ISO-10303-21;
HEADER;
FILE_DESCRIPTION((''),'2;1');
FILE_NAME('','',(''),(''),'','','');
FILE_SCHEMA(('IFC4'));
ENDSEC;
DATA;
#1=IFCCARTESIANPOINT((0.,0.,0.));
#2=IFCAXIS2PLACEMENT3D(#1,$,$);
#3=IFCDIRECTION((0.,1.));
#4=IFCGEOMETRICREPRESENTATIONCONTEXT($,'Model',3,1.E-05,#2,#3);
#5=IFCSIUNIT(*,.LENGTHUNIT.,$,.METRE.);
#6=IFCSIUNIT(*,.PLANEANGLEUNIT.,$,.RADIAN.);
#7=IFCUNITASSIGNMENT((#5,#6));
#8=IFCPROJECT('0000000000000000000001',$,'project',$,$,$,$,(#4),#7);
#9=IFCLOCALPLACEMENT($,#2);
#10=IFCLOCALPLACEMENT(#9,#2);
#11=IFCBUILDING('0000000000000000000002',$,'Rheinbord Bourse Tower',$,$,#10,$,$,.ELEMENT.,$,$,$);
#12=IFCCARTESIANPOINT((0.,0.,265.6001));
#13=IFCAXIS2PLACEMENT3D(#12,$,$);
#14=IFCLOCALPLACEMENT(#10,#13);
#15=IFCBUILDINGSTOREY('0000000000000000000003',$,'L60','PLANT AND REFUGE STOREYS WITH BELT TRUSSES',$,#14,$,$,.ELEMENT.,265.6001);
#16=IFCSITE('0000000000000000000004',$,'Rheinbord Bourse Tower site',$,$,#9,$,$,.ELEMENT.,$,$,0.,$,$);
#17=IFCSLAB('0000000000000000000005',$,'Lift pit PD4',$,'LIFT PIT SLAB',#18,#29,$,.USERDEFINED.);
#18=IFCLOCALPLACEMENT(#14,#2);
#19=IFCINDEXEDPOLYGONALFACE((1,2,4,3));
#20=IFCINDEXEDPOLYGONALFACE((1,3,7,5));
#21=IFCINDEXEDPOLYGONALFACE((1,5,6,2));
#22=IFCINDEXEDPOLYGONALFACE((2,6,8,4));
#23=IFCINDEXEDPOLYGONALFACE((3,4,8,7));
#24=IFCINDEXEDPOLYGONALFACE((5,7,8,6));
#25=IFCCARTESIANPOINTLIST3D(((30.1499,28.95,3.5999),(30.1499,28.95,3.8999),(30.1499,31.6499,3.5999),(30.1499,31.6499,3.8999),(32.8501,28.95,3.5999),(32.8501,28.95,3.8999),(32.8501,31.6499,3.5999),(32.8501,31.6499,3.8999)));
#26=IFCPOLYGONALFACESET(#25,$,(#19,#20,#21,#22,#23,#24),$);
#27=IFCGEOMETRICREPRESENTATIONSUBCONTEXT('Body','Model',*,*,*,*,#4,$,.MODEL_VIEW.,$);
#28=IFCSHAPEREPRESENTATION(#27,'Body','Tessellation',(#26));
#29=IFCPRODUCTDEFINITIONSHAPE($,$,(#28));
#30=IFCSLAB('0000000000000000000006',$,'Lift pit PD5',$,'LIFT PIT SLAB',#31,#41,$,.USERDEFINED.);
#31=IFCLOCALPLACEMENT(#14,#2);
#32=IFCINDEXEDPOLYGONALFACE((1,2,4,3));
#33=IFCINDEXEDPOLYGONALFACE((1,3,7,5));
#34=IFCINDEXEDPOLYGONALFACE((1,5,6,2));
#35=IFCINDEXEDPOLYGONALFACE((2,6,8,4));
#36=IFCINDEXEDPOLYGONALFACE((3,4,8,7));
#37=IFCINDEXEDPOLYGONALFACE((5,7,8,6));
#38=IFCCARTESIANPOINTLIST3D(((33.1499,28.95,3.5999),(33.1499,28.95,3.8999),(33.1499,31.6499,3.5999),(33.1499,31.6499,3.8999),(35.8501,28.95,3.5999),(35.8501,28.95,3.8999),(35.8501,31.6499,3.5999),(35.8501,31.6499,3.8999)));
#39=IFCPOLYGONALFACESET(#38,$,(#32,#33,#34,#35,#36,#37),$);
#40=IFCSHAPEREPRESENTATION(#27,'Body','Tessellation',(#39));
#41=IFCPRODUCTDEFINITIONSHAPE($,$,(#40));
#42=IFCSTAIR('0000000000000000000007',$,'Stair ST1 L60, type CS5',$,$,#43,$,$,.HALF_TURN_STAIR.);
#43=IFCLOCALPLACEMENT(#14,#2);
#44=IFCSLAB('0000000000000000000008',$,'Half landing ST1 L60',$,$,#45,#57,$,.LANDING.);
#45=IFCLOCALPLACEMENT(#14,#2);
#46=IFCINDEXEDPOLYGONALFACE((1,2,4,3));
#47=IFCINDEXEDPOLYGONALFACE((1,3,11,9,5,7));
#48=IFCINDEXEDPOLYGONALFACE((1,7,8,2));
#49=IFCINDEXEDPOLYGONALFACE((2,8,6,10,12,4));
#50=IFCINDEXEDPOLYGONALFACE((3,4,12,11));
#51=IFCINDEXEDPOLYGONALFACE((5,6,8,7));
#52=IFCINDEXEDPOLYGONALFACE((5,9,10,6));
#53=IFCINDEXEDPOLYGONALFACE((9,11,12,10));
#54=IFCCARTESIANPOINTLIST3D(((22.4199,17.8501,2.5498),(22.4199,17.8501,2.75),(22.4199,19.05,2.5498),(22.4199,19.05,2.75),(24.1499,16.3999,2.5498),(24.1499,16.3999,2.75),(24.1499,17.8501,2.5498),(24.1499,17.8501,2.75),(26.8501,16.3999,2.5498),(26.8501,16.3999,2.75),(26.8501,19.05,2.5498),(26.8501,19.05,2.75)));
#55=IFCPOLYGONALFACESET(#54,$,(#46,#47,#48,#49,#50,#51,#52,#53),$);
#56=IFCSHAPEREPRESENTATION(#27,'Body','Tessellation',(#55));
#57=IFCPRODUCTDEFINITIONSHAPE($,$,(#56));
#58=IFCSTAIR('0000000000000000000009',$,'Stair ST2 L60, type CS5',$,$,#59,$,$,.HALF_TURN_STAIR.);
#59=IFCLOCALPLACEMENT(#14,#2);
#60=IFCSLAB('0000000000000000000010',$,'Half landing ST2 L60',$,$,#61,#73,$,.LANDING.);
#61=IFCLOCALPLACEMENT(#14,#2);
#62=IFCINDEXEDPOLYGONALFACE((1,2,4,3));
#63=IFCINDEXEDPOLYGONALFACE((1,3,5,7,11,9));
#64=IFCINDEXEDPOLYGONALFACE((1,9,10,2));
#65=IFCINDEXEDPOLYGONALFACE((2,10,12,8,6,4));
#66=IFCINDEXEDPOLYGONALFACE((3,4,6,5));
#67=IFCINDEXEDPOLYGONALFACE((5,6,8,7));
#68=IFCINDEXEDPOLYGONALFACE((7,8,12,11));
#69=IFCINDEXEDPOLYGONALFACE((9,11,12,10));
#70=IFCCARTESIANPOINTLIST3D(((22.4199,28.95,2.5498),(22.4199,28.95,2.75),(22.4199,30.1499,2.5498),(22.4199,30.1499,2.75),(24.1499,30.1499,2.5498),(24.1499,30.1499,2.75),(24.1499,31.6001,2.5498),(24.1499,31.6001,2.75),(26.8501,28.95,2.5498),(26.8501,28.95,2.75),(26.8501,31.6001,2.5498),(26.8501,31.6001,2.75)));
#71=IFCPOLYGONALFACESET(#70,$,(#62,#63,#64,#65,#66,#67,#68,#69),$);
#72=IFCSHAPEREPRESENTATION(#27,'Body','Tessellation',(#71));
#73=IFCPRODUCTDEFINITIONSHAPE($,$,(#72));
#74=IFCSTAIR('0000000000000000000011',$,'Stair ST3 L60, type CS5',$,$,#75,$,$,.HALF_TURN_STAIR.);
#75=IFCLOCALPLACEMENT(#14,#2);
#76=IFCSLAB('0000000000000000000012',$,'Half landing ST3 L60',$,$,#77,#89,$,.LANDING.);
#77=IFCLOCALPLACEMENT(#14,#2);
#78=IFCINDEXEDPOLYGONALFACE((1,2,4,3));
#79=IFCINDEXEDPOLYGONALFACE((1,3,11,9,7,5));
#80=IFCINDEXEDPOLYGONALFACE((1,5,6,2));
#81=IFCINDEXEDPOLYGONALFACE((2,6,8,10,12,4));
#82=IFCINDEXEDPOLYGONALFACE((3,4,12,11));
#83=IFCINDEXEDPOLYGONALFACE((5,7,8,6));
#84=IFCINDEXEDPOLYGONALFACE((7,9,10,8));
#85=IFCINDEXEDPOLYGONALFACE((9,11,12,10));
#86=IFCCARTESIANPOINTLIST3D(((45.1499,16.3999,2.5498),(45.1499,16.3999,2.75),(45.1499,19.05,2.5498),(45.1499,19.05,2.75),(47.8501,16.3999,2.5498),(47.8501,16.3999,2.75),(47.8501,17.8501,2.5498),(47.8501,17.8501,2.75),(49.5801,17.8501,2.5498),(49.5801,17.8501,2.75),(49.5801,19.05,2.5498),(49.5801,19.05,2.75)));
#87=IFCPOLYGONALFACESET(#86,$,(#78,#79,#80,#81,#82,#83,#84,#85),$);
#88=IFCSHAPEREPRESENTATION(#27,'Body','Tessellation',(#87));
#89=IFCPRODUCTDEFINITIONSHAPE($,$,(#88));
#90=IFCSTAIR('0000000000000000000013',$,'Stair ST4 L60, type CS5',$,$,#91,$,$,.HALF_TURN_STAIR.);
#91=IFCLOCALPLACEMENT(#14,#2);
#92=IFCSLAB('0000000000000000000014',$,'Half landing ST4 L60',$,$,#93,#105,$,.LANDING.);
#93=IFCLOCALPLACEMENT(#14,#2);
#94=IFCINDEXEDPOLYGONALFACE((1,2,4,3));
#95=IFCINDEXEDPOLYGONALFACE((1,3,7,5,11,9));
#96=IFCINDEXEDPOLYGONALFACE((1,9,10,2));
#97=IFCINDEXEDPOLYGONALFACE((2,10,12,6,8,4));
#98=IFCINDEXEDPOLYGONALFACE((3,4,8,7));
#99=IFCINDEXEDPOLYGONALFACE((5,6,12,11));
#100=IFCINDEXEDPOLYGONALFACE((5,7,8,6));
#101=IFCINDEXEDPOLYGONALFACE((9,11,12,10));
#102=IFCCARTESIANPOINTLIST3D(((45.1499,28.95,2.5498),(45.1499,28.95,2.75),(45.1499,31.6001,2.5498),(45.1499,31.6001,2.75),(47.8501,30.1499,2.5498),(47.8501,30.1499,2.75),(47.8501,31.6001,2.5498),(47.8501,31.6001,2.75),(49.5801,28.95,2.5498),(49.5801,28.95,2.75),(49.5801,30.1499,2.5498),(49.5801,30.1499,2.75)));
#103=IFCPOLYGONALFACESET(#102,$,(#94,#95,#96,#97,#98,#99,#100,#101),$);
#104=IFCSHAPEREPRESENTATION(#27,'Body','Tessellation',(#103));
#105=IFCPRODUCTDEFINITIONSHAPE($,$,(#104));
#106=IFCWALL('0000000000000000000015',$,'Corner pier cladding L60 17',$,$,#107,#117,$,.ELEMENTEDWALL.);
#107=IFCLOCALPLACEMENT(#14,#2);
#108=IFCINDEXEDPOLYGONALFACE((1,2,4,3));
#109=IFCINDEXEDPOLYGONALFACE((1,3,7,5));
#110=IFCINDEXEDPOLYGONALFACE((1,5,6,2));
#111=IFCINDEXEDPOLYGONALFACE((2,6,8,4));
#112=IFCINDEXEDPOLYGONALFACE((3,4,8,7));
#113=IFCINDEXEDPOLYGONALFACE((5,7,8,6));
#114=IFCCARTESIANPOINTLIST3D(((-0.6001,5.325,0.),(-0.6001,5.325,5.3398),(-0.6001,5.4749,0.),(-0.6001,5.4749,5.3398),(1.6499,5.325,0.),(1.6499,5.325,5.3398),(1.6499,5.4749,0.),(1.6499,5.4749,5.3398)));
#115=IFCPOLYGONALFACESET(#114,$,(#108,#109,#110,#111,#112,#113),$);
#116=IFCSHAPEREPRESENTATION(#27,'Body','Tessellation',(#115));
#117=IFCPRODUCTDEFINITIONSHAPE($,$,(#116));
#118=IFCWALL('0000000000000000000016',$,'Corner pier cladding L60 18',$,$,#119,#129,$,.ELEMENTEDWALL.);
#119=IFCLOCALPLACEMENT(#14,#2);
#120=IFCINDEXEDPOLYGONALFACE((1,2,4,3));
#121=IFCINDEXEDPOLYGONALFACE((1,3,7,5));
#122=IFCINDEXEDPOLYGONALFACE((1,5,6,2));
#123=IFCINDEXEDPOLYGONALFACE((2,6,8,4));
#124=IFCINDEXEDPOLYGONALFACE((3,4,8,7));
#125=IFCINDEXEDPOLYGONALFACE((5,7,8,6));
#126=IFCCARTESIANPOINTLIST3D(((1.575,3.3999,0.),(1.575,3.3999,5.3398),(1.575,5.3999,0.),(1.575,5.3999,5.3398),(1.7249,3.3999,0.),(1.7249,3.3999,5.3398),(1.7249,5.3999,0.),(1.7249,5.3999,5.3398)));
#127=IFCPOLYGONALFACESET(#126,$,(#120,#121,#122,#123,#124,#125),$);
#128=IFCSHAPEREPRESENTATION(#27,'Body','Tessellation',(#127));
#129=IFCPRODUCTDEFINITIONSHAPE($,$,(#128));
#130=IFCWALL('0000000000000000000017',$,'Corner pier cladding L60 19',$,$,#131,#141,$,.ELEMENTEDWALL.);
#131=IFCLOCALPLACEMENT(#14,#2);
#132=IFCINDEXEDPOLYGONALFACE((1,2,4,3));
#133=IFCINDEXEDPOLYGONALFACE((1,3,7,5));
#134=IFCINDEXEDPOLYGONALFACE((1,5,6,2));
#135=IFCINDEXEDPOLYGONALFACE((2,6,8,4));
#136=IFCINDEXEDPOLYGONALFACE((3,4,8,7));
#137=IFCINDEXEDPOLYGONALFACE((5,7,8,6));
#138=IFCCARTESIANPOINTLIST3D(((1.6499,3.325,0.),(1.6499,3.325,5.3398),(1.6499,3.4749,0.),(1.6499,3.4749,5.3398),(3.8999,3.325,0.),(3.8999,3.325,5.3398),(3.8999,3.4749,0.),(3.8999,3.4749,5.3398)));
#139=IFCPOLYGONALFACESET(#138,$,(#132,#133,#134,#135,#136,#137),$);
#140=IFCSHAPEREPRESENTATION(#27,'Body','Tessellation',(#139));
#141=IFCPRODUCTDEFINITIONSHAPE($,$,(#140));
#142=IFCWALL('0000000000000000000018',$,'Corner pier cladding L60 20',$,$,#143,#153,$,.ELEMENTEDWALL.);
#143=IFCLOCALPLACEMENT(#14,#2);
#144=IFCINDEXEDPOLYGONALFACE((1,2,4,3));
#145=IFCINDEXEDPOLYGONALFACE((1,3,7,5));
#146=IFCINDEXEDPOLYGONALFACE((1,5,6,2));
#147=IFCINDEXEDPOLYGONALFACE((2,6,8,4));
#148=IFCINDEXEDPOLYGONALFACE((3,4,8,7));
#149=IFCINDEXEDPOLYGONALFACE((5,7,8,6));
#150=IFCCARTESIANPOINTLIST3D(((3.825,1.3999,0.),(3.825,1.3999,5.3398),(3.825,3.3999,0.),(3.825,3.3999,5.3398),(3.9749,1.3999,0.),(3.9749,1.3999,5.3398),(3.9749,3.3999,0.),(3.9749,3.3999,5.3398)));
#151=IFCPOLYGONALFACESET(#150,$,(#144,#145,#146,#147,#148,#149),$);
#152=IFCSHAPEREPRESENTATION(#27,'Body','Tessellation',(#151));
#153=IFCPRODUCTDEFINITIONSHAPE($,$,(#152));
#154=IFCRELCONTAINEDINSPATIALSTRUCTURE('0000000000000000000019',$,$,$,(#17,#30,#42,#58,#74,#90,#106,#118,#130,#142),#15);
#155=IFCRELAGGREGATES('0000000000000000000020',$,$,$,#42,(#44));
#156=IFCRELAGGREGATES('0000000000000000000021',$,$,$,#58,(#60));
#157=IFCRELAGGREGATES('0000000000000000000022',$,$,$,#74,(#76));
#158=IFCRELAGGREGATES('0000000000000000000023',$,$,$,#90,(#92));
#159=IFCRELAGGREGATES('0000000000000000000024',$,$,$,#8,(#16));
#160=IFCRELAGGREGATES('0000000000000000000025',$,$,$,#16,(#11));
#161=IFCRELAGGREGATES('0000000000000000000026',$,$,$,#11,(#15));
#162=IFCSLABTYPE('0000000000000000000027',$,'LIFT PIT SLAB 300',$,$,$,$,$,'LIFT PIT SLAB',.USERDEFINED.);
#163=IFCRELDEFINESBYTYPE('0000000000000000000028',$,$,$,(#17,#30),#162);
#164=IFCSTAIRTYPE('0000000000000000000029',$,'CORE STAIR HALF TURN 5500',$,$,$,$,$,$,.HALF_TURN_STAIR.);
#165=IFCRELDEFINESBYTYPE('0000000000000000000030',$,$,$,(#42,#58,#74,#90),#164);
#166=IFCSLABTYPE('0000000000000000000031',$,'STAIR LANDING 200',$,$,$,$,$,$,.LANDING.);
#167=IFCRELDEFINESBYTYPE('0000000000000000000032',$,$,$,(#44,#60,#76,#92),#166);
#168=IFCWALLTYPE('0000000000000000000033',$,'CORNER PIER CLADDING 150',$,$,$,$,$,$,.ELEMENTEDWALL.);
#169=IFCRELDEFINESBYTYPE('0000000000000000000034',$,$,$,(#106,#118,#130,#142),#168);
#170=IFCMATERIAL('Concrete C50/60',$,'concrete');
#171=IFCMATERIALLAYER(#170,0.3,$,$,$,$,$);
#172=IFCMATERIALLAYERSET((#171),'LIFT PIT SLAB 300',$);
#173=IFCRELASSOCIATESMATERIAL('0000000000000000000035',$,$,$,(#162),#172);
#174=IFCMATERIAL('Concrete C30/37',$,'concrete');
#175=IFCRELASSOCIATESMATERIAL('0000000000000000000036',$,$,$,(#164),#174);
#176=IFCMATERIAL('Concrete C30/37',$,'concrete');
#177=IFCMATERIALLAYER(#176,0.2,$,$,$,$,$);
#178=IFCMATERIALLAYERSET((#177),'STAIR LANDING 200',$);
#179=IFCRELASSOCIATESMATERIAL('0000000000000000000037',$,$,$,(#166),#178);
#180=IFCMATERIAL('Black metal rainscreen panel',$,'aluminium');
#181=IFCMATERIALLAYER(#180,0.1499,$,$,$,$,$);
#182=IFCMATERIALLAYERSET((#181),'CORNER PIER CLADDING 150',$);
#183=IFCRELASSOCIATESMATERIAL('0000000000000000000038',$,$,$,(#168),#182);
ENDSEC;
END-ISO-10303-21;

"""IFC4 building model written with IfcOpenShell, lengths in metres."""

from ifc_helpers import new_model, si_unit, direction, frame, frame_2d, origin, place, context, subcontext, project, spatial, polyline, rectangle, outline, extrude, material, layer, layer_set, type_object, element, aggregate, save


model = new_model("IFC4")

# Units and contexts
model_context = context("Model", 3, precision=1e-05, world=origin(), true_north=direction((0.0, 1.0)))
body_context = subcontext(model_context, "Body", "Model", "MODEL_VIEW")
ifc_project = project(units=[si_unit("LENGTHUNIT", "METRE"), si_unit("PLANEANGLEUNIT", "RADIAN")], contexts=[model_context])

# Site, building, storey
site_placement = place(None, origin())
site = spatial("IfcSite", under=ifc_project, at=site_placement, Name="Rheinbord Bourse Tower site", CompositionType="ELEMENT", RefElevation=0.0)
building_placement = place(site_placement, origin())
building = spatial("IfcBuilding", under=site, at=building_placement, Name="Rheinbord Bourse Tower", CompositionType="ELEMENT")
storey_placement = place(building_placement, frame((0.0, 0.0, 265.6001)))
storey = spatial("IfcBuildingStorey", under=building, at=storey_placement, Name="L60", Description="PLANT AND REFUGE STOREYS WITH BELT TRUSSES", CompositionType="ELEMENT", Elevation=265.6001)

# Slabs
ifc_material_1 = material(Name="Concrete C50/60", Category="concrete")
ifc_layer_1 = layer(ifc_material_1, 0.3)
ifc_layer_set_1 = layer_set([ifc_layer_1], Name="LIFT PIT SLAB 300")
slab_type_1 = type_object("IfcSlabType", Name="LIFT PIT SLAB 300", ElementType="LIFT PIT SLAB", PredefinedType="USERDEFINED", material=ifc_layer_set_1)
slab_1_placement = place(storey_placement, frame((0.0, 0.0, 3.5999)))
element("IfcSlab", 1, at=slab_1_placement, inside=storey, type_object=slab_type_1, Name="Lift pit PD4", ObjectType="LIFT PIT SLAB", PredefinedType="USERDEFINED", context=body_context, shape_type="SweptSolid", body=[
    extrude(outline(polyline([(30.1499, 28.95), (32.8501, 28.95), (32.8501, 31.6499), (30.1499, 31.6499), (30.1499, 28.95)])), origin(), (0.0, 0.0, 1.0), 0.3),
])
slab_2_placement = place(storey_placement, frame((0.0, 0.0, 3.5999)))
element("IfcSlab", 2, at=slab_2_placement, inside=storey, type_object=slab_type_1, Name="Lift pit PD5", ObjectType="LIFT PIT SLAB", PredefinedType="USERDEFINED", context=body_context, shape_type="SweptSolid", body=[
    extrude(outline(polyline([(33.1499, 28.95), (35.8501, 28.95), (35.8501, 31.6499), (33.1499, 31.6499), (33.1499, 28.95)])), origin(), (0.0, 0.0, 1.0), 0.3),
])

# Stairs, slabs
ifc_material_2 = material(Name="Concrete C30/37", Category="concrete")
stair_type = type_object("IfcStairType", Name="CORE STAIR HALF TURN 5500", PredefinedType="HALF_TURN_STAIR", material=ifc_material_2)
stair_1_placement = place(storey_placement, origin())
stair_1 = element("IfcStair", 3, at=stair_1_placement, inside=storey, type_object=stair_type, Name="Stair ST1 L60, type CS5", PredefinedType="HALF_TURN_STAIR")
ifc_material_3 = material(Name="Concrete C30/37", Category="concrete")
ifc_layer_2 = layer(ifc_material_3, 0.2)
ifc_layer_set_2 = layer_set([ifc_layer_2], Name="STAIR LANDING 200")
slab_type_2 = type_object("IfcSlabType", Name="STAIR LANDING 200", PredefinedType="LANDING", material=ifc_layer_set_2)
slab_3_placement = place(storey_placement, frame((0.0, 0.0, 2.5498)))
slab_3 = element("IfcSlab", 4, at=slab_3_placement, type_object=slab_type_2, Name="Half landing ST1 L60", PredefinedType="LANDING", context=body_context, shape_type="SweptSolid", body=[
    extrude(outline(polyline([(24.1499, 16.3999), (26.8501, 16.3999), (26.8501, 19.05), (22.4199, 19.05), (22.4199, 17.8501), (24.1499, 17.8501), (24.1499, 16.3999)])), origin(), (0.0, 0.0, 1.0), 0.2002),
])
aggregate(stair_1, [slab_3])
stair_2_placement = place(storey_placement, origin())
stair_2 = element("IfcStair", 5, at=stair_2_placement, inside=storey, type_object=stair_type, Name="Stair ST2 L60, type CS5", PredefinedType="HALF_TURN_STAIR")
slab_4_placement = place(storey_placement, frame((0.0, 0.0, 2.5498)))
slab_4 = element("IfcSlab", 6, at=slab_4_placement, type_object=slab_type_2, Name="Half landing ST2 L60", PredefinedType="LANDING", context=body_context, shape_type="SweptSolid", body=[
    extrude(outline(polyline([(22.4199, 28.95), (26.8501, 28.95), (26.8501, 31.6001), (24.1499, 31.6001), (24.1499, 30.1499), (22.4199, 30.1499), (22.4199, 28.95)])), origin(), (0.0, 0.0, 1.0), 0.2002),
])
aggregate(stair_2, [slab_4])
stair_3_placement = place(storey_placement, origin())
stair_3 = element("IfcStair", 7, at=stair_3_placement, inside=storey, type_object=stair_type, Name="Stair ST3 L60, type CS5", PredefinedType="HALF_TURN_STAIR")
slab_5_placement = place(storey_placement, frame((0.0, 0.0, 2.5498)))
slab_5 = element("IfcSlab", 8, at=slab_5_placement, type_object=slab_type_2, Name="Half landing ST3 L60", PredefinedType="LANDING", context=body_context, shape_type="SweptSolid", body=[
    extrude(outline(polyline([(45.1499, 16.3999), (47.8501, 16.3999), (47.8501, 17.8501), (49.5801, 17.8501), (49.5801, 19.05), (45.1499, 19.05), (45.1499, 16.3999)])), origin(), (0.0, 0.0, 1.0), 0.2002),
])
aggregate(stair_3, [slab_5])
stair_4_placement = place(storey_placement, origin())
stair_4 = element("IfcStair", 9, at=stair_4_placement, inside=storey, type_object=stair_type, Name="Stair ST4 L60, type CS5", PredefinedType="HALF_TURN_STAIR")
slab_6_placement = place(storey_placement, frame((0.0, 0.0, 2.5498)))
slab_6 = element("IfcSlab", 10, at=slab_6_placement, type_object=slab_type_2, Name="Half landing ST4 L60", PredefinedType="LANDING", context=body_context, shape_type="SweptSolid", body=[
    extrude(outline(polyline([(45.1499, 28.95), (49.5801, 28.95), (49.5801, 30.1499), (47.8501, 30.1499), (47.8501, 31.6001), (45.1499, 31.6001), (45.1499, 28.95)])), origin(), (0.0, 0.0, 1.0), 0.2002),
])
aggregate(stair_4, [slab_6])

# Walls
ifc_material_4 = material(Name="Black metal rainscreen panel", Category="aluminium")
ifc_layer_3 = layer(ifc_material_4, 0.1499)
ifc_layer_set_3 = layer_set([ifc_layer_3], Name="CORNER PIER CLADDING 150")
wall_type = type_object("IfcWallType", Name="CORNER PIER CLADDING 150", PredefinedType="ELEMENTEDWALL", material=ifc_layer_set_3)
wall_1_placement = place(storey_placement, frame((-0.6001, 5.3999, 0.0), z_axis=(0.0, 0.0, 1.0), x_axis=(1.0, 0.0, 0.0)))
element("IfcWall", 11, at=wall_1_placement, inside=storey, type_object=wall_type, Name="Corner pier cladding L60 17", PredefinedType="ELEMENTEDWALL", context=body_context, shape_type="SweptSolid", body=[
    extrude(rectangle(XDim=2.25, YDim=0.1499, at=frame_2d((1.125, 0.0))), origin(), (0.0, 0.0, 1.0), 5.3398),
])
wall_2_placement = place(storey_placement, frame((1.6499, 5.3999, 0.0), z_axis=(0.0, 0.0, 1.0), x_axis=(0.0, -1.0, 0.0)))
element("IfcWall", 12, at=wall_2_placement, inside=storey, type_object=wall_type, Name="Corner pier cladding L60 18", PredefinedType="ELEMENTEDWALL", context=body_context, shape_type="SweptSolid", body=[
    extrude(rectangle(XDim=2.0, YDim=0.1499, at=frame_2d((1.0, 0.0))), origin(), (0.0, 0.0, 1.0), 5.3398),
])
wall_3_placement = place(storey_placement, frame((1.6499, 3.3999, 0.0), z_axis=(0.0, 0.0, 1.0), x_axis=(1.0, 0.0, 0.0)))
element("IfcWall", 13, at=wall_3_placement, inside=storey, type_object=wall_type, Name="Corner pier cladding L60 19", PredefinedType="ELEMENTEDWALL", context=body_context, shape_type="SweptSolid", body=[
    extrude(rectangle(XDim=2.25, YDim=0.1499, at=frame_2d((1.125, 0.0))), origin(), (0.0, 0.0, 1.0), 5.3398),
])
wall_4_placement = place(storey_placement, frame((3.8999, 3.3999, 0.0), z_axis=(0.0, 0.0, 1.0), x_axis=(0.0, -1.0, 0.0)))
element("IfcWall", 14, at=wall_4_placement, inside=storey, type_object=wall_type, Name="Corner pier cladding L60 20", PredefinedType="ELEMENTEDWALL", context=body_context, shape_type="SweptSolid", body=[
    extrude(rectangle(XDim=2.0, YDim=0.1499, at=frame_2d((1.0, 0.0))), origin(), (0.0, 0.0, 1.0), 5.3398),
])

save(model, "model.ifc")
